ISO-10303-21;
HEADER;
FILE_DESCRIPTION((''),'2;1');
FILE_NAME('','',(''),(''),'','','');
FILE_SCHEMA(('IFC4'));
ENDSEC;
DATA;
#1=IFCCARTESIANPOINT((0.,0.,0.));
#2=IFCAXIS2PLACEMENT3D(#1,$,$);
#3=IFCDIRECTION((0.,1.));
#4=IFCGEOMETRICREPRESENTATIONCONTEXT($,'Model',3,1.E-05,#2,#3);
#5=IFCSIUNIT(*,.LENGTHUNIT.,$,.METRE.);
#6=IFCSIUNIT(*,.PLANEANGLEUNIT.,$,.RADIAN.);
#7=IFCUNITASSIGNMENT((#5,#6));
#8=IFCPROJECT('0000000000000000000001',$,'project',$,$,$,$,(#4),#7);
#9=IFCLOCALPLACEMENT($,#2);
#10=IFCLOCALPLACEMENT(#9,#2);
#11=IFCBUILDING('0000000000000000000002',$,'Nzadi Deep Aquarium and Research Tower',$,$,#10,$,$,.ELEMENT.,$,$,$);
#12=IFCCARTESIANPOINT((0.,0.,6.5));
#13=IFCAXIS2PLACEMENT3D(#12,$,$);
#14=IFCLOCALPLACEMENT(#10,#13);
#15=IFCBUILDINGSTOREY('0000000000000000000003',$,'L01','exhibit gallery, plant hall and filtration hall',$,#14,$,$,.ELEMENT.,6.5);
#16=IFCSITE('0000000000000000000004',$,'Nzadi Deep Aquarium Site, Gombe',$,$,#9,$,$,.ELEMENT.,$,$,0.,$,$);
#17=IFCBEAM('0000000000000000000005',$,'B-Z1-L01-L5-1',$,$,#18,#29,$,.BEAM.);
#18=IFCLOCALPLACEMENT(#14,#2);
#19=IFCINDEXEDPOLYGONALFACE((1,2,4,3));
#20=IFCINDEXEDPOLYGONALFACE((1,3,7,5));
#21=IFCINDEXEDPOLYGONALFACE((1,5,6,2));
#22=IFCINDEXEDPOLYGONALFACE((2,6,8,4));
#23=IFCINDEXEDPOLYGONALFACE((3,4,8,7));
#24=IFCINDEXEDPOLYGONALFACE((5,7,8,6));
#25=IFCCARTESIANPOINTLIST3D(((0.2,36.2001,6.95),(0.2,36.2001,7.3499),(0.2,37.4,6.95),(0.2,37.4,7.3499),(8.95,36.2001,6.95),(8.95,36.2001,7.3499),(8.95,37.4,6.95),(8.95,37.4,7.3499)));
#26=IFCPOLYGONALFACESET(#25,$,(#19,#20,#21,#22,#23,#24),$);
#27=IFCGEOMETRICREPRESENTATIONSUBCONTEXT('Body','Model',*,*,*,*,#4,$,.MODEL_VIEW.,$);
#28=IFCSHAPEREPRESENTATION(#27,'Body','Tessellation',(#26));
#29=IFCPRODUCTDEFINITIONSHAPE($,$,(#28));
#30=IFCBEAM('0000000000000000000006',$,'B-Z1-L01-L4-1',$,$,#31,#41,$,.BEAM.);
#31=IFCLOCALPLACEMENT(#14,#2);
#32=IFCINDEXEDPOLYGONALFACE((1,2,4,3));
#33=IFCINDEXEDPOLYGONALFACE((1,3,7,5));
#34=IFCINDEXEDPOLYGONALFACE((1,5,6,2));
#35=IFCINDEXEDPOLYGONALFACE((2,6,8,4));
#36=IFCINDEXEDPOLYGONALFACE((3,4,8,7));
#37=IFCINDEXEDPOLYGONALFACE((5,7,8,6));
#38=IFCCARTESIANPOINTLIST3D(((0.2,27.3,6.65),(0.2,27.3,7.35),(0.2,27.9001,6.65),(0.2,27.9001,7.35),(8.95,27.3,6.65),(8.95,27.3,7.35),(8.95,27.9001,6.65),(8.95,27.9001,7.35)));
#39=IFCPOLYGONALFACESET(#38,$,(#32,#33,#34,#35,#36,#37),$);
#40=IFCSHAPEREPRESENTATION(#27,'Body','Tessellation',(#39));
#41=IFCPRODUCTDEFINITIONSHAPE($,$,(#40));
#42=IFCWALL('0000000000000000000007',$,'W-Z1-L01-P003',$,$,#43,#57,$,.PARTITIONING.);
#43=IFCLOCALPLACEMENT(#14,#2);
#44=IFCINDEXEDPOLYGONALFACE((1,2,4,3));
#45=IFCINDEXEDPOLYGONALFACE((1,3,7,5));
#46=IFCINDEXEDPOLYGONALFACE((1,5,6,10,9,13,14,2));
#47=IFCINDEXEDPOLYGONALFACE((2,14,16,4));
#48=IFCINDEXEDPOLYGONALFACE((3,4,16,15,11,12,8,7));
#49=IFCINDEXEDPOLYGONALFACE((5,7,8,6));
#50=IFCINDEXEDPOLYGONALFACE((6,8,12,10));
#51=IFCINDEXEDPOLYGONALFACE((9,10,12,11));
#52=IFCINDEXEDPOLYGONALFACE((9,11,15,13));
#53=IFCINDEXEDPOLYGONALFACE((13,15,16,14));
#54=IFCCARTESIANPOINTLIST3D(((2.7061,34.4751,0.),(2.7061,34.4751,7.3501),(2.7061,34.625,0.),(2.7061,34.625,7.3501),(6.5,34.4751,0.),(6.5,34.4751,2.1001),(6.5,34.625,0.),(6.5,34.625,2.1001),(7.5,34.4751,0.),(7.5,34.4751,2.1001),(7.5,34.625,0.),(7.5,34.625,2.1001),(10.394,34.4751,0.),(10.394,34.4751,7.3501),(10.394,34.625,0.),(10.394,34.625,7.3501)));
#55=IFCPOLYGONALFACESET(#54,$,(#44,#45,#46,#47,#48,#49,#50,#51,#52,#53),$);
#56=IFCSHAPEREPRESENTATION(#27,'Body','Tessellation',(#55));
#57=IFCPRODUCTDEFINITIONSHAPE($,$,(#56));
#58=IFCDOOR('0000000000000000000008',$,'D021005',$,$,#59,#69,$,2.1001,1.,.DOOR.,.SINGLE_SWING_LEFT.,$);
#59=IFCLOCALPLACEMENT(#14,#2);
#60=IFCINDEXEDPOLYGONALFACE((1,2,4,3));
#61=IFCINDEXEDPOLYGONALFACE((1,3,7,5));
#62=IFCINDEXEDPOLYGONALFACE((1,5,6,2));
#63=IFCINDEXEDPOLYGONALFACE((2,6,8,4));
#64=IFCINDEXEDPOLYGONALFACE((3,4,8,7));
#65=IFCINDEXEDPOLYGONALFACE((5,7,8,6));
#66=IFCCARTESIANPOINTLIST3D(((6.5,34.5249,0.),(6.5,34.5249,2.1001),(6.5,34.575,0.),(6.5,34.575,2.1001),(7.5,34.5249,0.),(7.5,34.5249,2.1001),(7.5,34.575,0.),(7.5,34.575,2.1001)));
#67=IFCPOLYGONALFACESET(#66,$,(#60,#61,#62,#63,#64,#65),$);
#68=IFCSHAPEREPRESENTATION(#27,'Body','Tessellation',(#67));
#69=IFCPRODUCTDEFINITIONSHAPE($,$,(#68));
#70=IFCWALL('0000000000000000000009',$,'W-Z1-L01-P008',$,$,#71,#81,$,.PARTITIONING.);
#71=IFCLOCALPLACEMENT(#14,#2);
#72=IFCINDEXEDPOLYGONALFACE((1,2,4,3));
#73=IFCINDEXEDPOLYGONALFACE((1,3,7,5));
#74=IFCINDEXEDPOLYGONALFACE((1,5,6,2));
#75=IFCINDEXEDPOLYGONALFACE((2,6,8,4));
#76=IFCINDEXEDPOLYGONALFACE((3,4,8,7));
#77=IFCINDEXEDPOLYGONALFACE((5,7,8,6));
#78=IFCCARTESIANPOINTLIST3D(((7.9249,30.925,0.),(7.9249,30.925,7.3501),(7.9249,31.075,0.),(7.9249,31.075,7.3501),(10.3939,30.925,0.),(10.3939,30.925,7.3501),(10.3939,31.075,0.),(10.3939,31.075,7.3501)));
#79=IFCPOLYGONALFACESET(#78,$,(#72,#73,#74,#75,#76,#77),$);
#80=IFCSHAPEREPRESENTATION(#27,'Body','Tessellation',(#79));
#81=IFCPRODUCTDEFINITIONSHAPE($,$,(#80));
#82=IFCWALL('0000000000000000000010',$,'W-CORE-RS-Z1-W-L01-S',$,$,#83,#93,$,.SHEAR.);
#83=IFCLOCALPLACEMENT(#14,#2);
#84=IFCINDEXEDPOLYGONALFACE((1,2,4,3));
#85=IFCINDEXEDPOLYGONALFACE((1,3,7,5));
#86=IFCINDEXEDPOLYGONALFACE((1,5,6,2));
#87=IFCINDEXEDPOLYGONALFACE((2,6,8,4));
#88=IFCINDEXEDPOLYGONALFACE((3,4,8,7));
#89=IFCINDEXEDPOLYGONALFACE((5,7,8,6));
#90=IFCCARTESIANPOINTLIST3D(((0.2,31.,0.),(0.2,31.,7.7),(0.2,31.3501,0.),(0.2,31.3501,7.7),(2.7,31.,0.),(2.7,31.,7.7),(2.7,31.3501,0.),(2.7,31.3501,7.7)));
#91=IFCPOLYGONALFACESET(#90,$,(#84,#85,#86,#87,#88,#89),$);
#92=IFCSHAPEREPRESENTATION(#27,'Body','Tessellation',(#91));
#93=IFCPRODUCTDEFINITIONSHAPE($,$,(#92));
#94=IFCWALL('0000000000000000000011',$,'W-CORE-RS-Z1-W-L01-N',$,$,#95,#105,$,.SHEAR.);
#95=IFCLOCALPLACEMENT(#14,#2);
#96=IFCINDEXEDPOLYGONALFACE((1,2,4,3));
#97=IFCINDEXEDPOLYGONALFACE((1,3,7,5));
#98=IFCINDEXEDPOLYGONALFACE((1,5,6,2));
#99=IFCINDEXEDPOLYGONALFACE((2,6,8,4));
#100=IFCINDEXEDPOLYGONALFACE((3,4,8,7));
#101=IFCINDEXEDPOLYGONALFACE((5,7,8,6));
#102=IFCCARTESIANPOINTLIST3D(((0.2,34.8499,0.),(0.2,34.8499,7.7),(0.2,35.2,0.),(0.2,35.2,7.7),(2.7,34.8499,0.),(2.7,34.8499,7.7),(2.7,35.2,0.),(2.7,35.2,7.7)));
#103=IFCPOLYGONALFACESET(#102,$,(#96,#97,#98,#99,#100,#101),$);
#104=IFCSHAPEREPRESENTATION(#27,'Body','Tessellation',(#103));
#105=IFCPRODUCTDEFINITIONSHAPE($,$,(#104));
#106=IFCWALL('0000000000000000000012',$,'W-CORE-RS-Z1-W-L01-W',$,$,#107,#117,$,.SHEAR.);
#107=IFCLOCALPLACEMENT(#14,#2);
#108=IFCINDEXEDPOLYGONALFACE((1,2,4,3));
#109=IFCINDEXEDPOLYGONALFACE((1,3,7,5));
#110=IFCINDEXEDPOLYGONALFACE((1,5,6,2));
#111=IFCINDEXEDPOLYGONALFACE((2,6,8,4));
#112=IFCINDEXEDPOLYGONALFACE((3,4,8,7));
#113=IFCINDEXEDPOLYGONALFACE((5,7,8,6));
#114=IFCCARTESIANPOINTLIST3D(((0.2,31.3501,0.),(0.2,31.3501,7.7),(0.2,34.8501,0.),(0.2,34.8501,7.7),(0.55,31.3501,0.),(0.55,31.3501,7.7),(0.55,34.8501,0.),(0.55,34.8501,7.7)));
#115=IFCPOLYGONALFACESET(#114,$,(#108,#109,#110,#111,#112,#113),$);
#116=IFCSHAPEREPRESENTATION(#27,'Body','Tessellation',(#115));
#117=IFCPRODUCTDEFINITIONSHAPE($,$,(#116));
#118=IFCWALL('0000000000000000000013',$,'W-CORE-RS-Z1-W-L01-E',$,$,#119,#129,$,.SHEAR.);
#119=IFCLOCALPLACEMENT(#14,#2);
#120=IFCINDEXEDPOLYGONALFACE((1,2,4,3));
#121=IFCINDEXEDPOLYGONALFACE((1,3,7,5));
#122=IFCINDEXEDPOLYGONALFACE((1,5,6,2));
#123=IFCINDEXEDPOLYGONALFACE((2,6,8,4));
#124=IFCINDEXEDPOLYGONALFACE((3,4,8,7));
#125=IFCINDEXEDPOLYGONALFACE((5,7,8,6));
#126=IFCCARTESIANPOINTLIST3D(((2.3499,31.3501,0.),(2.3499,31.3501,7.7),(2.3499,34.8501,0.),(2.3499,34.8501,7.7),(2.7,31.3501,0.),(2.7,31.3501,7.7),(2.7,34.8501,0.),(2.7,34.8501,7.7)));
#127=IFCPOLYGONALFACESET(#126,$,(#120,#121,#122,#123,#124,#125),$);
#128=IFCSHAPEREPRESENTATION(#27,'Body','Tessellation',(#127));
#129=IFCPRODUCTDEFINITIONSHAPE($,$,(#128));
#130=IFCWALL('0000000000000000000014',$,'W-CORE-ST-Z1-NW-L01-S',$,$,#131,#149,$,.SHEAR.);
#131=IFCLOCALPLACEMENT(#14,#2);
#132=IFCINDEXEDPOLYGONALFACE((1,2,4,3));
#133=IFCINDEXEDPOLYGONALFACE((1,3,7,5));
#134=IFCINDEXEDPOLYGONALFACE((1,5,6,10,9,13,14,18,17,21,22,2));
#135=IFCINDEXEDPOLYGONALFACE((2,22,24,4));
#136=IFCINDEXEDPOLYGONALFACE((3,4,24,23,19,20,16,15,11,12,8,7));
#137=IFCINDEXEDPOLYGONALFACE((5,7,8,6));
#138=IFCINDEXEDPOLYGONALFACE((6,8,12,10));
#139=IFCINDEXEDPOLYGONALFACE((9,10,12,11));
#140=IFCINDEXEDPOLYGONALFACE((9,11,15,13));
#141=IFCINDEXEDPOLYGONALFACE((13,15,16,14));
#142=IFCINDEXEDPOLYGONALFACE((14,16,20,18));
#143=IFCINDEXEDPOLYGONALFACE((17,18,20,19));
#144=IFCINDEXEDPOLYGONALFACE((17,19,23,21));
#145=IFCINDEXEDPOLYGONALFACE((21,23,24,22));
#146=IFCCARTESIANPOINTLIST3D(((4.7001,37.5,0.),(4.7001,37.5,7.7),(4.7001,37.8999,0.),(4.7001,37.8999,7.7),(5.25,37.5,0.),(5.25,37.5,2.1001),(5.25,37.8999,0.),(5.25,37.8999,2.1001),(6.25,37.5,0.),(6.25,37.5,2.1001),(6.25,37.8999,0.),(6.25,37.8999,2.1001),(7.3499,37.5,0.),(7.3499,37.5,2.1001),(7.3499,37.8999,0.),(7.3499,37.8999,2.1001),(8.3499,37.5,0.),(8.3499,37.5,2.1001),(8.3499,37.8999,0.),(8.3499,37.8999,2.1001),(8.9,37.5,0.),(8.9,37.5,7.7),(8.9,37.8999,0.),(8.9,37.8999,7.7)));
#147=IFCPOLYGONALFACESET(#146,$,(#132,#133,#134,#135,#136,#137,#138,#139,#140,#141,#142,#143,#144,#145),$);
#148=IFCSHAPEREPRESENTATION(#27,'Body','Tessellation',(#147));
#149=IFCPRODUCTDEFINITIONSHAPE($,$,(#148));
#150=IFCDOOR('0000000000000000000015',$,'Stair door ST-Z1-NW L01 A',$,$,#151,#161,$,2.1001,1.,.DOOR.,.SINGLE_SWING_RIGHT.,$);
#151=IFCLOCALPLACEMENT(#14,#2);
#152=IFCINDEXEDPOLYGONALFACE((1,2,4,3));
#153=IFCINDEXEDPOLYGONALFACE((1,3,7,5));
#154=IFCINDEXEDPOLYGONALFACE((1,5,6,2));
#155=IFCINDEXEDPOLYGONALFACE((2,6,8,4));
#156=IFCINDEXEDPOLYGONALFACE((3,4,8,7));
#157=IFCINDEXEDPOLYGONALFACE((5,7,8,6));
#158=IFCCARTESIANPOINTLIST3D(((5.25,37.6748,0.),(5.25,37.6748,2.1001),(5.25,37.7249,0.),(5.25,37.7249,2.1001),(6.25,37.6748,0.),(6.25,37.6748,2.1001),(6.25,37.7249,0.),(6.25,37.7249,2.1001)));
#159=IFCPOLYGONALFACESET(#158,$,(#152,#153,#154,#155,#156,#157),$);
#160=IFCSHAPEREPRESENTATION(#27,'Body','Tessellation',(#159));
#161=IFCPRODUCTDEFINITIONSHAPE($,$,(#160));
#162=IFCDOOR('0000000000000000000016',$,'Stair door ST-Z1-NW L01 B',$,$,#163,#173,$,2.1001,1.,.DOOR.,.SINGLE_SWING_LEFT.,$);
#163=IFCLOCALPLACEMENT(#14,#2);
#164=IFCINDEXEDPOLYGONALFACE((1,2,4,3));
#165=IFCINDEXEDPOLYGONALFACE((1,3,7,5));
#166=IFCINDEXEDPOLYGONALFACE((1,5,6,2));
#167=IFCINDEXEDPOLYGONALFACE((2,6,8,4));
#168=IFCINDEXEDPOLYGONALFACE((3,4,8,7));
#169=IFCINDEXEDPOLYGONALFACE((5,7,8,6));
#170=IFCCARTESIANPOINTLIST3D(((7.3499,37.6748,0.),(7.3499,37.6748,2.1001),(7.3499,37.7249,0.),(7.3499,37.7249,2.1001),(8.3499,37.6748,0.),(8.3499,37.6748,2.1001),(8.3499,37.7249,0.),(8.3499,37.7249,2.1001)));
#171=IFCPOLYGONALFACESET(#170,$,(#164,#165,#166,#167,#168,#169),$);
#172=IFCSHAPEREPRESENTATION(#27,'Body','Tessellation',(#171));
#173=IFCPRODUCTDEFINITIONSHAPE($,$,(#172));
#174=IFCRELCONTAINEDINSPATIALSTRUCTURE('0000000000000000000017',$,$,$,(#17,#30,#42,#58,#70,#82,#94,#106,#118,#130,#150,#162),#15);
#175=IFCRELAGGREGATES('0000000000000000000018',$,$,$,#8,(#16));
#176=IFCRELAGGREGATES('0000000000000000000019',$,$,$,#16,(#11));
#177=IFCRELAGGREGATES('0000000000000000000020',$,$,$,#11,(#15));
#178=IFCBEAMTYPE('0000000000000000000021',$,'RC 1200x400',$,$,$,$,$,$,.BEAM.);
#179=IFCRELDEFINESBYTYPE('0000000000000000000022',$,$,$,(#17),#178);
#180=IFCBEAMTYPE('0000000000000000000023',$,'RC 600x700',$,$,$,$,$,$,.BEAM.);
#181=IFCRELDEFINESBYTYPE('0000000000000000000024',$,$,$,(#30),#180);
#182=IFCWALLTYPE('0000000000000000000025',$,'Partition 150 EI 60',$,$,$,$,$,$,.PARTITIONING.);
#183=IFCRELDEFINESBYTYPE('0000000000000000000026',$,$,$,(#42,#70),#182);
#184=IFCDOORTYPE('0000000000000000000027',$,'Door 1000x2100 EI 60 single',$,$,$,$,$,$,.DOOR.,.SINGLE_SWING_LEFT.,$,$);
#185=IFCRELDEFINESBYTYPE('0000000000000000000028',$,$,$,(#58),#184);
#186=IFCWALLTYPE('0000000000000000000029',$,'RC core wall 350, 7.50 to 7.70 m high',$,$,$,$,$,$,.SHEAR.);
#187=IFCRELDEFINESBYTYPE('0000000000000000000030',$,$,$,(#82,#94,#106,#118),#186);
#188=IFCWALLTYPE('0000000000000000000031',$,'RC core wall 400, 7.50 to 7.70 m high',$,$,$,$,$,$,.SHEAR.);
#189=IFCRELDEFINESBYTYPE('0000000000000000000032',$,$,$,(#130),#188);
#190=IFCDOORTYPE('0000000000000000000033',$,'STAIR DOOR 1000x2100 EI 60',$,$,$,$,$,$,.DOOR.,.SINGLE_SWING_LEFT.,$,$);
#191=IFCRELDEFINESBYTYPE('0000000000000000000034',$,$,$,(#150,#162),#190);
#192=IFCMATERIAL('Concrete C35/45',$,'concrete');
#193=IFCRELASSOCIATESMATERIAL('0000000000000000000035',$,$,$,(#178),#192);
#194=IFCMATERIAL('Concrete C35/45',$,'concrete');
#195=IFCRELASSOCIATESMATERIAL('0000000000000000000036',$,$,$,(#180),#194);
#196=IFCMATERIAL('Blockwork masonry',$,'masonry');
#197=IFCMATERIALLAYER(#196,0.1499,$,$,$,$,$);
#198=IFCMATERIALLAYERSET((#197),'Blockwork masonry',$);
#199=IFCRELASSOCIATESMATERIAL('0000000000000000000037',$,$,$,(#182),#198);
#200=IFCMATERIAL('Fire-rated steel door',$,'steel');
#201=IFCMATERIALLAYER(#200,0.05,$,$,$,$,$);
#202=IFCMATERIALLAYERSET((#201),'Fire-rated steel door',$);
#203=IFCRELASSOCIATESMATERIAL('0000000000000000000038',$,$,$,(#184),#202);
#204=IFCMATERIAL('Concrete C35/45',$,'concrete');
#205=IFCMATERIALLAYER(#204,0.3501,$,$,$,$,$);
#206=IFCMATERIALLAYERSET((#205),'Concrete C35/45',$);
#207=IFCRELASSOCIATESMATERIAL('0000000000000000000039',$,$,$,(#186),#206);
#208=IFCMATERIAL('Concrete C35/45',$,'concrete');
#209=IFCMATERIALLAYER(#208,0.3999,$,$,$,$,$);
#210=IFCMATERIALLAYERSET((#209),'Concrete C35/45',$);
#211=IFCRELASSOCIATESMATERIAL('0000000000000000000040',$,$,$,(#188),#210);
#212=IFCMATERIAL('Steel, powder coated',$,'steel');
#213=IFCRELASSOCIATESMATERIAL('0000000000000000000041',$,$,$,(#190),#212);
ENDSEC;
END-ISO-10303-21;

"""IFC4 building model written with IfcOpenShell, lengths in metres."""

from ifc_helpers import new_model, si_unit, direction, frame, frame_2d, origin, origin_2d, place, context, subcontext, project, spatial, rectangle, extrude, material, layer, layer_set, material_profile, profile_set, type_object, element, fill, save


model = new_model("IFC4")

# Units and contexts
model_context = context("Model", 3, precision=1e-05, world=origin(), true_north=direction((0.0, 1.0)))
body_context = subcontext(model_context, "Body", "Model", "MODEL_VIEW")
ifc_project = project(units=[si_unit("LENGTHUNIT", "METRE"), si_unit("PLANEANGLEUNIT", "RADIAN")], contexts=[model_context])

# Site, building, storey
site_placement = place(None, origin())
site = spatial("IfcSite", under=ifc_project, at=site_placement, Name="Nzadi Deep Aquarium Site, Gombe", CompositionType="ELEMENT", RefElevation=0.0)
building_placement = place(site_placement, origin())
building = spatial("IfcBuilding", under=site, at=building_placement, Name="Nzadi Deep Aquarium and Research Tower", CompositionType="ELEMENT")
storey_placement = place(building_placement, frame((0.0, 0.0, 6.5)))
storey = spatial("IfcBuildingStorey", under=building, at=storey_placement, Name="L01", Description="exhibit gallery, plant hall and filtration hall", CompositionType="ELEMENT", Elevation=6.5)

# Beams
ifc_material_1 = material(Name="Concrete C35/45", Category="concrete")
ifc_material_profile_1 = material_profile(ifc_material_1, rectangle(XDim=1.2, YDim=0.3999, at=origin_2d()))
ifc_profile_set_1 = profile_set([ifc_material_profile_1], Name="Concrete C35/45")
beam_type_1 = type_object("IfcBeamType", Name="RC 1200x400", PredefinedType="BEAM", material=ifc_profile_set_1)
beam_1_placement = place(storey_placement, frame((0.2, 36.8, 7.1499), z_axis=(1.0, 0.0, 0.0), x_axis=(0.0, 1.0, 0.0)))
element("IfcBeam", 1, at=beam_1_placement, inside=storey, type_object=beam_type_1, Name="B-Z1-L01-L5-1", PredefinedType="BEAM", context=body_context, shape_type="SweptSolid", body=[
    extrude(rectangle(XDim=1.2, YDim=0.3999, at=origin_2d()), origin(), (0.0, 0.0, 1.0), 8.75),
])
ifc_material_2 = material(Name="Concrete C35/45", Category="concrete")
ifc_material_profile_2 = material_profile(ifc_material_2, rectangle(XDim=0.6001, YDim=0.7, at=origin_2d()))
ifc_profile_set_2 = profile_set([ifc_material_profile_2], Name="Concrete C35/45")
beam_type_2 = type_object("IfcBeamType", Name="RC 600x700", PredefinedType="BEAM", material=ifc_profile_set_2)
beam_2_placement = place(storey_placement, frame((0.2, 27.6001, 7.0), z_axis=(1.0, 0.0, 0.0), x_axis=(0.0, 1.0, 0.0)))
element("IfcBeam", 2, at=beam_2_placement, inside=storey, type_object=beam_type_2, Name="B-Z1-L01-L4-1", PredefinedType="BEAM", context=body_context, shape_type="SweptSolid", body=[
    extrude(rectangle(XDim=0.6001, YDim=0.7, at=origin_2d()), origin(), (0.0, 0.0, 1.0), 8.75),
])

# Wall, opening, door
ifc_material_3 = material(Name="Blockwork masonry", Category="masonry")
ifc_layer_1 = layer(ifc_material_3, 0.1499)
ifc_layer_set_1 = layer_set([ifc_layer_1], Name="Blockwork masonry")
wall_type_1 = type_object("IfcWallType", Name="Partition 150 EI 60", PredefinedType="PARTITIONING", material=ifc_layer_set_1)
wall_1_placement = place(storey_placement, frame((2.7061, 34.55, 0.0), z_axis=(0.0, 0.0, 1.0), x_axis=(1.0, 0.0, 0.0)))
wall_1 = element("IfcWall", 3, at=wall_1_placement, inside=storey, type_object=wall_type_1, Name="W-Z1-L01-P003", PredefinedType="PARTITIONING", context=body_context, shape_type="SweptSolid", body=[
    extrude(rectangle(XDim=7.688, YDim=0.1499, at=frame_2d((3.844, 0.0))), origin(), (0.0, 0.0, 1.0), 7.3501),
])
opening_1_placement = place(wall_1_placement, frame((3.7939, 0.0, 0.0)))
opening_1 = element("IfcOpeningElement", 4, at=opening_1_placement, cuts=wall_1, PredefinedType="OPENING", context=body_context, shape_type="SweptSolid", body=[
    extrude(rectangle(XDim=1.0, YDim=2.1001, at=frame_2d((0.5, 1.05))), frame((0.0, 0.085, 0.0), z_axis=(0.0, -1.0, 0.0), x_axis=(1.0, 0.0, 0.0)), (0.0, 0.0, 1.0), 0.1699),
])
ifc_material_4 = material(Name="Fire-rated steel door", Category="steel")
ifc_layer_2 = layer(ifc_material_4, 0.05)
ifc_layer_set_2 = layer_set([ifc_layer_2], Name="Fire-rated steel door")
door_type_1 = type_object("IfcDoorType", Name="Door 1000x2100 EI 60 single", OperationType="SINGLE_SWING_LEFT", PredefinedType="DOOR", material=ifc_layer_set_2)
door_1_placement = place(opening_1_placement, origin())
door_1 = element("IfcDoor", 5, at=door_1_placement, inside=storey, type_object=door_type_1, Name="D021005", OperationType="SINGLE_SWING_LEFT", OverallHeight=2.1001, OverallWidth=1.0, PredefinedType="DOOR", context=body_context, shape_type="SweptSolid", body=[
    extrude(rectangle(XDim=1.0, YDim=2.1001, at=frame_2d((0.5, 1.05))), frame((0.0, 0.0249, 0.0), z_axis=(0.0, -1.0, 0.0), x_axis=(1.0, 0.0, 0.0)), (0.0, 0.0, 1.0), 0.05),
])
fill(opening_1, door_1)

# Walls
wall_2_placement = place(storey_placement, frame((7.925, 31.0, 0.0), z_axis=(0.0, 0.0, 1.0), x_axis=(1.0, 0.0, 0.0)))
element("IfcWall", 6, at=wall_2_placement, inside=storey, type_object=wall_type_1, Name="W-Z1-L01-P008", PredefinedType="PARTITIONING", context=body_context, shape_type="SweptSolid", body=[
    extrude(rectangle(XDim=2.469, YDim=0.1499, at=frame_2d((1.2344, 0.0))), origin(), (0.0, 0.0, 1.0), 7.3501),
])
ifc_material_5 = material(Name="Concrete C35/45", Category="concrete")
ifc_layer_3 = layer(ifc_material_5, 0.3501)
ifc_layer_set_3 = layer_set([ifc_layer_3], Name="Concrete C35/45")
wall_type_2 = type_object("IfcWallType", Name="RC core wall 350, 7.50 to 7.70 m high", PredefinedType="SHEAR", material=ifc_layer_set_3)
for number, where, z_axis, x_axis, name in (
    (7, (0.2, 31.175, 0.0), (0.0, 0.0, 1.0), (1.0, 0.0, 0.0), "W-CORE-RS-Z1-W-L01-S"),
    (8, (0.2, 35.0249, 0.0), (0.0, 0.0, 1.0), (1.0, 0.0, 0.0), "W-CORE-RS-Z1-W-L01-N"),
):
    element("IfcWall", number, at=place(storey_placement, frame(where, z_axis=z_axis, x_axis=x_axis)), inside=storey, type_object=wall_type_2, Name=name, PredefinedType="SHEAR", context=body_context, shape_type="SweptSolid", body=[
        extrude(rectangle(XDim=2.5, YDim=0.3501, at=frame_2d((1.25, 0.0))), origin(), (0.0, 0.0, 1.0), 7.7),
    ])
for number, where, z_axis, x_axis, name in (
    (9, (0.375, 31.3501, 0.0), (0.0, 0.0, 1.0), (0.0, 1.0, 0.0), "W-CORE-RS-Z1-W-L01-W"),
    (10, (2.5249, 31.3501, 0.0), (0.0, 0.0, 1.0), (0.0, 1.0, 0.0), "W-CORE-RS-Z1-W-L01-E"),
):
    element("IfcWall", number, at=place(storey_placement, frame(where, z_axis=z_axis, x_axis=x_axis)), inside=storey, type_object=wall_type_2, Name=name, PredefinedType="SHEAR", context=body_context, shape_type="SweptSolid", body=[
        extrude(rectangle(XDim=3.5, YDim=0.3501, at=frame_2d((1.75, 0.0))), origin(), (0.0, 0.0, 1.0), 7.7),
    ])

# Wall, openings, doors
ifc_material_6 = material(Name="Concrete C35/45", Category="concrete")
ifc_layer_4 = layer(ifc_material_6, 0.3999)
ifc_layer_set_4 = layer_set([ifc_layer_4], Name="Concrete C35/45")
wall_type_3 = type_object("IfcWallType", Name="RC core wall 400, 7.50 to 7.70 m high", PredefinedType="SHEAR", material=ifc_layer_set_4)
wall_3_placement = place(storey_placement, frame((4.7, 37.7, 0.0), z_axis=(0.0, 0.0, 1.0), x_axis=(1.0, 0.0, 0.0)))
wall_3 = element("IfcWall", 11, at=wall_3_placement, inside=storey, type_object=wall_type_3, Name="W-CORE-ST-Z1-NW-L01-S", PredefinedType="SHEAR", context=body_context, shape_type="SweptSolid", body=[
    extrude(rectangle(XDim=4.2, YDim=0.3999, at=frame_2d((2.1001, 0.0))), origin(), (0.0, 0.0, 1.0), 7.7),
])
opening_2_placement = place(wall_3_placement, frame((0.55, 0.0, 0.0)))
opening_2 = element("IfcOpeningElement", 12, at=opening_2_placement, cuts=wall_3, PredefinedType="OPENING", context=body_context, shape_type="SweptSolid", body=[
    extrude(rectangle(XDim=1.0, YDim=2.1001, at=frame_2d((0.5, 1.05))), frame((0.0, 0.21, 0.0), z_axis=(0.0, -1.0, 0.0), x_axis=(1.0, 0.0, 0.0)), (0.0, 0.0, 1.0), 0.4199),
])
opening_3_placement = place(wall_3_placement, frame((2.6499, 0.0, 0.0)))
opening_3 = element("IfcOpeningElement", 13, at=opening_3_placement, cuts=wall_3, PredefinedType="OPENING", context=body_context, shape_type="SweptSolid", body=[
    extrude(rectangle(XDim=1.0, YDim=2.1001, at=frame_2d((0.5, 1.05))), frame((0.0, 0.21, 0.0), z_axis=(0.0, -1.0, 0.0), x_axis=(1.0, 0.0, 0.0)), (0.0, 0.0, 1.0), 0.4199),
])
ifc_material_7 = material(Name="Steel, powder coated", Category="steel")
door_type_2 = type_object("IfcDoorType", Name="STAIR DOOR 1000x2100 EI 60", OperationType="SINGLE_SWING_LEFT", PredefinedType="DOOR", material=ifc_material_7)
door_2_placement = place(opening_2_placement, origin())
door_2 = element("IfcDoor", 14, at=door_2_placement, inside=storey, type_object=door_type_2, Name="Stair door ST-Z1-NW L01 A", OperationType="SINGLE_SWING_RIGHT", OverallHeight=2.1001, OverallWidth=1.0, PredefinedType="DOOR", context=body_context, shape_type="SweptSolid", body=[
    extrude(rectangle(XDim=1.0, YDim=2.1001, at=frame_2d((0.5, 1.05))), frame((0.0, 0.0249, 0.0), z_axis=(0.0, -1.0, 0.0), x_axis=(1.0, 0.0, 0.0)), (0.0, 0.0, 1.0), 0.05),
])
fill(opening_2, door_2)
door_3_placement = place(opening_3_placement, origin())
door_3 = element("IfcDoor", 15, at=door_3_placement, inside=storey, type_object=door_type_2, Name="Stair door ST-Z1-NW L01 B", OperationType="SINGLE_SWING_LEFT", OverallHeight=2.1001, OverallWidth=1.0, PredefinedType="DOOR", context=body_context, shape_type="SweptSolid", body=[
    extrude(rectangle(XDim=1.0, YDim=2.1001, at=frame_2d((0.5, 1.05))), frame((0.0, 0.0249, 0.0), z_axis=(0.0, -1.0, 0.0), x_axis=(1.0, 0.0, 0.0)), (0.0, 0.0, 1.0), 0.05),
])
fill(opening_3, door_3)

save(model, "model.ifc")
